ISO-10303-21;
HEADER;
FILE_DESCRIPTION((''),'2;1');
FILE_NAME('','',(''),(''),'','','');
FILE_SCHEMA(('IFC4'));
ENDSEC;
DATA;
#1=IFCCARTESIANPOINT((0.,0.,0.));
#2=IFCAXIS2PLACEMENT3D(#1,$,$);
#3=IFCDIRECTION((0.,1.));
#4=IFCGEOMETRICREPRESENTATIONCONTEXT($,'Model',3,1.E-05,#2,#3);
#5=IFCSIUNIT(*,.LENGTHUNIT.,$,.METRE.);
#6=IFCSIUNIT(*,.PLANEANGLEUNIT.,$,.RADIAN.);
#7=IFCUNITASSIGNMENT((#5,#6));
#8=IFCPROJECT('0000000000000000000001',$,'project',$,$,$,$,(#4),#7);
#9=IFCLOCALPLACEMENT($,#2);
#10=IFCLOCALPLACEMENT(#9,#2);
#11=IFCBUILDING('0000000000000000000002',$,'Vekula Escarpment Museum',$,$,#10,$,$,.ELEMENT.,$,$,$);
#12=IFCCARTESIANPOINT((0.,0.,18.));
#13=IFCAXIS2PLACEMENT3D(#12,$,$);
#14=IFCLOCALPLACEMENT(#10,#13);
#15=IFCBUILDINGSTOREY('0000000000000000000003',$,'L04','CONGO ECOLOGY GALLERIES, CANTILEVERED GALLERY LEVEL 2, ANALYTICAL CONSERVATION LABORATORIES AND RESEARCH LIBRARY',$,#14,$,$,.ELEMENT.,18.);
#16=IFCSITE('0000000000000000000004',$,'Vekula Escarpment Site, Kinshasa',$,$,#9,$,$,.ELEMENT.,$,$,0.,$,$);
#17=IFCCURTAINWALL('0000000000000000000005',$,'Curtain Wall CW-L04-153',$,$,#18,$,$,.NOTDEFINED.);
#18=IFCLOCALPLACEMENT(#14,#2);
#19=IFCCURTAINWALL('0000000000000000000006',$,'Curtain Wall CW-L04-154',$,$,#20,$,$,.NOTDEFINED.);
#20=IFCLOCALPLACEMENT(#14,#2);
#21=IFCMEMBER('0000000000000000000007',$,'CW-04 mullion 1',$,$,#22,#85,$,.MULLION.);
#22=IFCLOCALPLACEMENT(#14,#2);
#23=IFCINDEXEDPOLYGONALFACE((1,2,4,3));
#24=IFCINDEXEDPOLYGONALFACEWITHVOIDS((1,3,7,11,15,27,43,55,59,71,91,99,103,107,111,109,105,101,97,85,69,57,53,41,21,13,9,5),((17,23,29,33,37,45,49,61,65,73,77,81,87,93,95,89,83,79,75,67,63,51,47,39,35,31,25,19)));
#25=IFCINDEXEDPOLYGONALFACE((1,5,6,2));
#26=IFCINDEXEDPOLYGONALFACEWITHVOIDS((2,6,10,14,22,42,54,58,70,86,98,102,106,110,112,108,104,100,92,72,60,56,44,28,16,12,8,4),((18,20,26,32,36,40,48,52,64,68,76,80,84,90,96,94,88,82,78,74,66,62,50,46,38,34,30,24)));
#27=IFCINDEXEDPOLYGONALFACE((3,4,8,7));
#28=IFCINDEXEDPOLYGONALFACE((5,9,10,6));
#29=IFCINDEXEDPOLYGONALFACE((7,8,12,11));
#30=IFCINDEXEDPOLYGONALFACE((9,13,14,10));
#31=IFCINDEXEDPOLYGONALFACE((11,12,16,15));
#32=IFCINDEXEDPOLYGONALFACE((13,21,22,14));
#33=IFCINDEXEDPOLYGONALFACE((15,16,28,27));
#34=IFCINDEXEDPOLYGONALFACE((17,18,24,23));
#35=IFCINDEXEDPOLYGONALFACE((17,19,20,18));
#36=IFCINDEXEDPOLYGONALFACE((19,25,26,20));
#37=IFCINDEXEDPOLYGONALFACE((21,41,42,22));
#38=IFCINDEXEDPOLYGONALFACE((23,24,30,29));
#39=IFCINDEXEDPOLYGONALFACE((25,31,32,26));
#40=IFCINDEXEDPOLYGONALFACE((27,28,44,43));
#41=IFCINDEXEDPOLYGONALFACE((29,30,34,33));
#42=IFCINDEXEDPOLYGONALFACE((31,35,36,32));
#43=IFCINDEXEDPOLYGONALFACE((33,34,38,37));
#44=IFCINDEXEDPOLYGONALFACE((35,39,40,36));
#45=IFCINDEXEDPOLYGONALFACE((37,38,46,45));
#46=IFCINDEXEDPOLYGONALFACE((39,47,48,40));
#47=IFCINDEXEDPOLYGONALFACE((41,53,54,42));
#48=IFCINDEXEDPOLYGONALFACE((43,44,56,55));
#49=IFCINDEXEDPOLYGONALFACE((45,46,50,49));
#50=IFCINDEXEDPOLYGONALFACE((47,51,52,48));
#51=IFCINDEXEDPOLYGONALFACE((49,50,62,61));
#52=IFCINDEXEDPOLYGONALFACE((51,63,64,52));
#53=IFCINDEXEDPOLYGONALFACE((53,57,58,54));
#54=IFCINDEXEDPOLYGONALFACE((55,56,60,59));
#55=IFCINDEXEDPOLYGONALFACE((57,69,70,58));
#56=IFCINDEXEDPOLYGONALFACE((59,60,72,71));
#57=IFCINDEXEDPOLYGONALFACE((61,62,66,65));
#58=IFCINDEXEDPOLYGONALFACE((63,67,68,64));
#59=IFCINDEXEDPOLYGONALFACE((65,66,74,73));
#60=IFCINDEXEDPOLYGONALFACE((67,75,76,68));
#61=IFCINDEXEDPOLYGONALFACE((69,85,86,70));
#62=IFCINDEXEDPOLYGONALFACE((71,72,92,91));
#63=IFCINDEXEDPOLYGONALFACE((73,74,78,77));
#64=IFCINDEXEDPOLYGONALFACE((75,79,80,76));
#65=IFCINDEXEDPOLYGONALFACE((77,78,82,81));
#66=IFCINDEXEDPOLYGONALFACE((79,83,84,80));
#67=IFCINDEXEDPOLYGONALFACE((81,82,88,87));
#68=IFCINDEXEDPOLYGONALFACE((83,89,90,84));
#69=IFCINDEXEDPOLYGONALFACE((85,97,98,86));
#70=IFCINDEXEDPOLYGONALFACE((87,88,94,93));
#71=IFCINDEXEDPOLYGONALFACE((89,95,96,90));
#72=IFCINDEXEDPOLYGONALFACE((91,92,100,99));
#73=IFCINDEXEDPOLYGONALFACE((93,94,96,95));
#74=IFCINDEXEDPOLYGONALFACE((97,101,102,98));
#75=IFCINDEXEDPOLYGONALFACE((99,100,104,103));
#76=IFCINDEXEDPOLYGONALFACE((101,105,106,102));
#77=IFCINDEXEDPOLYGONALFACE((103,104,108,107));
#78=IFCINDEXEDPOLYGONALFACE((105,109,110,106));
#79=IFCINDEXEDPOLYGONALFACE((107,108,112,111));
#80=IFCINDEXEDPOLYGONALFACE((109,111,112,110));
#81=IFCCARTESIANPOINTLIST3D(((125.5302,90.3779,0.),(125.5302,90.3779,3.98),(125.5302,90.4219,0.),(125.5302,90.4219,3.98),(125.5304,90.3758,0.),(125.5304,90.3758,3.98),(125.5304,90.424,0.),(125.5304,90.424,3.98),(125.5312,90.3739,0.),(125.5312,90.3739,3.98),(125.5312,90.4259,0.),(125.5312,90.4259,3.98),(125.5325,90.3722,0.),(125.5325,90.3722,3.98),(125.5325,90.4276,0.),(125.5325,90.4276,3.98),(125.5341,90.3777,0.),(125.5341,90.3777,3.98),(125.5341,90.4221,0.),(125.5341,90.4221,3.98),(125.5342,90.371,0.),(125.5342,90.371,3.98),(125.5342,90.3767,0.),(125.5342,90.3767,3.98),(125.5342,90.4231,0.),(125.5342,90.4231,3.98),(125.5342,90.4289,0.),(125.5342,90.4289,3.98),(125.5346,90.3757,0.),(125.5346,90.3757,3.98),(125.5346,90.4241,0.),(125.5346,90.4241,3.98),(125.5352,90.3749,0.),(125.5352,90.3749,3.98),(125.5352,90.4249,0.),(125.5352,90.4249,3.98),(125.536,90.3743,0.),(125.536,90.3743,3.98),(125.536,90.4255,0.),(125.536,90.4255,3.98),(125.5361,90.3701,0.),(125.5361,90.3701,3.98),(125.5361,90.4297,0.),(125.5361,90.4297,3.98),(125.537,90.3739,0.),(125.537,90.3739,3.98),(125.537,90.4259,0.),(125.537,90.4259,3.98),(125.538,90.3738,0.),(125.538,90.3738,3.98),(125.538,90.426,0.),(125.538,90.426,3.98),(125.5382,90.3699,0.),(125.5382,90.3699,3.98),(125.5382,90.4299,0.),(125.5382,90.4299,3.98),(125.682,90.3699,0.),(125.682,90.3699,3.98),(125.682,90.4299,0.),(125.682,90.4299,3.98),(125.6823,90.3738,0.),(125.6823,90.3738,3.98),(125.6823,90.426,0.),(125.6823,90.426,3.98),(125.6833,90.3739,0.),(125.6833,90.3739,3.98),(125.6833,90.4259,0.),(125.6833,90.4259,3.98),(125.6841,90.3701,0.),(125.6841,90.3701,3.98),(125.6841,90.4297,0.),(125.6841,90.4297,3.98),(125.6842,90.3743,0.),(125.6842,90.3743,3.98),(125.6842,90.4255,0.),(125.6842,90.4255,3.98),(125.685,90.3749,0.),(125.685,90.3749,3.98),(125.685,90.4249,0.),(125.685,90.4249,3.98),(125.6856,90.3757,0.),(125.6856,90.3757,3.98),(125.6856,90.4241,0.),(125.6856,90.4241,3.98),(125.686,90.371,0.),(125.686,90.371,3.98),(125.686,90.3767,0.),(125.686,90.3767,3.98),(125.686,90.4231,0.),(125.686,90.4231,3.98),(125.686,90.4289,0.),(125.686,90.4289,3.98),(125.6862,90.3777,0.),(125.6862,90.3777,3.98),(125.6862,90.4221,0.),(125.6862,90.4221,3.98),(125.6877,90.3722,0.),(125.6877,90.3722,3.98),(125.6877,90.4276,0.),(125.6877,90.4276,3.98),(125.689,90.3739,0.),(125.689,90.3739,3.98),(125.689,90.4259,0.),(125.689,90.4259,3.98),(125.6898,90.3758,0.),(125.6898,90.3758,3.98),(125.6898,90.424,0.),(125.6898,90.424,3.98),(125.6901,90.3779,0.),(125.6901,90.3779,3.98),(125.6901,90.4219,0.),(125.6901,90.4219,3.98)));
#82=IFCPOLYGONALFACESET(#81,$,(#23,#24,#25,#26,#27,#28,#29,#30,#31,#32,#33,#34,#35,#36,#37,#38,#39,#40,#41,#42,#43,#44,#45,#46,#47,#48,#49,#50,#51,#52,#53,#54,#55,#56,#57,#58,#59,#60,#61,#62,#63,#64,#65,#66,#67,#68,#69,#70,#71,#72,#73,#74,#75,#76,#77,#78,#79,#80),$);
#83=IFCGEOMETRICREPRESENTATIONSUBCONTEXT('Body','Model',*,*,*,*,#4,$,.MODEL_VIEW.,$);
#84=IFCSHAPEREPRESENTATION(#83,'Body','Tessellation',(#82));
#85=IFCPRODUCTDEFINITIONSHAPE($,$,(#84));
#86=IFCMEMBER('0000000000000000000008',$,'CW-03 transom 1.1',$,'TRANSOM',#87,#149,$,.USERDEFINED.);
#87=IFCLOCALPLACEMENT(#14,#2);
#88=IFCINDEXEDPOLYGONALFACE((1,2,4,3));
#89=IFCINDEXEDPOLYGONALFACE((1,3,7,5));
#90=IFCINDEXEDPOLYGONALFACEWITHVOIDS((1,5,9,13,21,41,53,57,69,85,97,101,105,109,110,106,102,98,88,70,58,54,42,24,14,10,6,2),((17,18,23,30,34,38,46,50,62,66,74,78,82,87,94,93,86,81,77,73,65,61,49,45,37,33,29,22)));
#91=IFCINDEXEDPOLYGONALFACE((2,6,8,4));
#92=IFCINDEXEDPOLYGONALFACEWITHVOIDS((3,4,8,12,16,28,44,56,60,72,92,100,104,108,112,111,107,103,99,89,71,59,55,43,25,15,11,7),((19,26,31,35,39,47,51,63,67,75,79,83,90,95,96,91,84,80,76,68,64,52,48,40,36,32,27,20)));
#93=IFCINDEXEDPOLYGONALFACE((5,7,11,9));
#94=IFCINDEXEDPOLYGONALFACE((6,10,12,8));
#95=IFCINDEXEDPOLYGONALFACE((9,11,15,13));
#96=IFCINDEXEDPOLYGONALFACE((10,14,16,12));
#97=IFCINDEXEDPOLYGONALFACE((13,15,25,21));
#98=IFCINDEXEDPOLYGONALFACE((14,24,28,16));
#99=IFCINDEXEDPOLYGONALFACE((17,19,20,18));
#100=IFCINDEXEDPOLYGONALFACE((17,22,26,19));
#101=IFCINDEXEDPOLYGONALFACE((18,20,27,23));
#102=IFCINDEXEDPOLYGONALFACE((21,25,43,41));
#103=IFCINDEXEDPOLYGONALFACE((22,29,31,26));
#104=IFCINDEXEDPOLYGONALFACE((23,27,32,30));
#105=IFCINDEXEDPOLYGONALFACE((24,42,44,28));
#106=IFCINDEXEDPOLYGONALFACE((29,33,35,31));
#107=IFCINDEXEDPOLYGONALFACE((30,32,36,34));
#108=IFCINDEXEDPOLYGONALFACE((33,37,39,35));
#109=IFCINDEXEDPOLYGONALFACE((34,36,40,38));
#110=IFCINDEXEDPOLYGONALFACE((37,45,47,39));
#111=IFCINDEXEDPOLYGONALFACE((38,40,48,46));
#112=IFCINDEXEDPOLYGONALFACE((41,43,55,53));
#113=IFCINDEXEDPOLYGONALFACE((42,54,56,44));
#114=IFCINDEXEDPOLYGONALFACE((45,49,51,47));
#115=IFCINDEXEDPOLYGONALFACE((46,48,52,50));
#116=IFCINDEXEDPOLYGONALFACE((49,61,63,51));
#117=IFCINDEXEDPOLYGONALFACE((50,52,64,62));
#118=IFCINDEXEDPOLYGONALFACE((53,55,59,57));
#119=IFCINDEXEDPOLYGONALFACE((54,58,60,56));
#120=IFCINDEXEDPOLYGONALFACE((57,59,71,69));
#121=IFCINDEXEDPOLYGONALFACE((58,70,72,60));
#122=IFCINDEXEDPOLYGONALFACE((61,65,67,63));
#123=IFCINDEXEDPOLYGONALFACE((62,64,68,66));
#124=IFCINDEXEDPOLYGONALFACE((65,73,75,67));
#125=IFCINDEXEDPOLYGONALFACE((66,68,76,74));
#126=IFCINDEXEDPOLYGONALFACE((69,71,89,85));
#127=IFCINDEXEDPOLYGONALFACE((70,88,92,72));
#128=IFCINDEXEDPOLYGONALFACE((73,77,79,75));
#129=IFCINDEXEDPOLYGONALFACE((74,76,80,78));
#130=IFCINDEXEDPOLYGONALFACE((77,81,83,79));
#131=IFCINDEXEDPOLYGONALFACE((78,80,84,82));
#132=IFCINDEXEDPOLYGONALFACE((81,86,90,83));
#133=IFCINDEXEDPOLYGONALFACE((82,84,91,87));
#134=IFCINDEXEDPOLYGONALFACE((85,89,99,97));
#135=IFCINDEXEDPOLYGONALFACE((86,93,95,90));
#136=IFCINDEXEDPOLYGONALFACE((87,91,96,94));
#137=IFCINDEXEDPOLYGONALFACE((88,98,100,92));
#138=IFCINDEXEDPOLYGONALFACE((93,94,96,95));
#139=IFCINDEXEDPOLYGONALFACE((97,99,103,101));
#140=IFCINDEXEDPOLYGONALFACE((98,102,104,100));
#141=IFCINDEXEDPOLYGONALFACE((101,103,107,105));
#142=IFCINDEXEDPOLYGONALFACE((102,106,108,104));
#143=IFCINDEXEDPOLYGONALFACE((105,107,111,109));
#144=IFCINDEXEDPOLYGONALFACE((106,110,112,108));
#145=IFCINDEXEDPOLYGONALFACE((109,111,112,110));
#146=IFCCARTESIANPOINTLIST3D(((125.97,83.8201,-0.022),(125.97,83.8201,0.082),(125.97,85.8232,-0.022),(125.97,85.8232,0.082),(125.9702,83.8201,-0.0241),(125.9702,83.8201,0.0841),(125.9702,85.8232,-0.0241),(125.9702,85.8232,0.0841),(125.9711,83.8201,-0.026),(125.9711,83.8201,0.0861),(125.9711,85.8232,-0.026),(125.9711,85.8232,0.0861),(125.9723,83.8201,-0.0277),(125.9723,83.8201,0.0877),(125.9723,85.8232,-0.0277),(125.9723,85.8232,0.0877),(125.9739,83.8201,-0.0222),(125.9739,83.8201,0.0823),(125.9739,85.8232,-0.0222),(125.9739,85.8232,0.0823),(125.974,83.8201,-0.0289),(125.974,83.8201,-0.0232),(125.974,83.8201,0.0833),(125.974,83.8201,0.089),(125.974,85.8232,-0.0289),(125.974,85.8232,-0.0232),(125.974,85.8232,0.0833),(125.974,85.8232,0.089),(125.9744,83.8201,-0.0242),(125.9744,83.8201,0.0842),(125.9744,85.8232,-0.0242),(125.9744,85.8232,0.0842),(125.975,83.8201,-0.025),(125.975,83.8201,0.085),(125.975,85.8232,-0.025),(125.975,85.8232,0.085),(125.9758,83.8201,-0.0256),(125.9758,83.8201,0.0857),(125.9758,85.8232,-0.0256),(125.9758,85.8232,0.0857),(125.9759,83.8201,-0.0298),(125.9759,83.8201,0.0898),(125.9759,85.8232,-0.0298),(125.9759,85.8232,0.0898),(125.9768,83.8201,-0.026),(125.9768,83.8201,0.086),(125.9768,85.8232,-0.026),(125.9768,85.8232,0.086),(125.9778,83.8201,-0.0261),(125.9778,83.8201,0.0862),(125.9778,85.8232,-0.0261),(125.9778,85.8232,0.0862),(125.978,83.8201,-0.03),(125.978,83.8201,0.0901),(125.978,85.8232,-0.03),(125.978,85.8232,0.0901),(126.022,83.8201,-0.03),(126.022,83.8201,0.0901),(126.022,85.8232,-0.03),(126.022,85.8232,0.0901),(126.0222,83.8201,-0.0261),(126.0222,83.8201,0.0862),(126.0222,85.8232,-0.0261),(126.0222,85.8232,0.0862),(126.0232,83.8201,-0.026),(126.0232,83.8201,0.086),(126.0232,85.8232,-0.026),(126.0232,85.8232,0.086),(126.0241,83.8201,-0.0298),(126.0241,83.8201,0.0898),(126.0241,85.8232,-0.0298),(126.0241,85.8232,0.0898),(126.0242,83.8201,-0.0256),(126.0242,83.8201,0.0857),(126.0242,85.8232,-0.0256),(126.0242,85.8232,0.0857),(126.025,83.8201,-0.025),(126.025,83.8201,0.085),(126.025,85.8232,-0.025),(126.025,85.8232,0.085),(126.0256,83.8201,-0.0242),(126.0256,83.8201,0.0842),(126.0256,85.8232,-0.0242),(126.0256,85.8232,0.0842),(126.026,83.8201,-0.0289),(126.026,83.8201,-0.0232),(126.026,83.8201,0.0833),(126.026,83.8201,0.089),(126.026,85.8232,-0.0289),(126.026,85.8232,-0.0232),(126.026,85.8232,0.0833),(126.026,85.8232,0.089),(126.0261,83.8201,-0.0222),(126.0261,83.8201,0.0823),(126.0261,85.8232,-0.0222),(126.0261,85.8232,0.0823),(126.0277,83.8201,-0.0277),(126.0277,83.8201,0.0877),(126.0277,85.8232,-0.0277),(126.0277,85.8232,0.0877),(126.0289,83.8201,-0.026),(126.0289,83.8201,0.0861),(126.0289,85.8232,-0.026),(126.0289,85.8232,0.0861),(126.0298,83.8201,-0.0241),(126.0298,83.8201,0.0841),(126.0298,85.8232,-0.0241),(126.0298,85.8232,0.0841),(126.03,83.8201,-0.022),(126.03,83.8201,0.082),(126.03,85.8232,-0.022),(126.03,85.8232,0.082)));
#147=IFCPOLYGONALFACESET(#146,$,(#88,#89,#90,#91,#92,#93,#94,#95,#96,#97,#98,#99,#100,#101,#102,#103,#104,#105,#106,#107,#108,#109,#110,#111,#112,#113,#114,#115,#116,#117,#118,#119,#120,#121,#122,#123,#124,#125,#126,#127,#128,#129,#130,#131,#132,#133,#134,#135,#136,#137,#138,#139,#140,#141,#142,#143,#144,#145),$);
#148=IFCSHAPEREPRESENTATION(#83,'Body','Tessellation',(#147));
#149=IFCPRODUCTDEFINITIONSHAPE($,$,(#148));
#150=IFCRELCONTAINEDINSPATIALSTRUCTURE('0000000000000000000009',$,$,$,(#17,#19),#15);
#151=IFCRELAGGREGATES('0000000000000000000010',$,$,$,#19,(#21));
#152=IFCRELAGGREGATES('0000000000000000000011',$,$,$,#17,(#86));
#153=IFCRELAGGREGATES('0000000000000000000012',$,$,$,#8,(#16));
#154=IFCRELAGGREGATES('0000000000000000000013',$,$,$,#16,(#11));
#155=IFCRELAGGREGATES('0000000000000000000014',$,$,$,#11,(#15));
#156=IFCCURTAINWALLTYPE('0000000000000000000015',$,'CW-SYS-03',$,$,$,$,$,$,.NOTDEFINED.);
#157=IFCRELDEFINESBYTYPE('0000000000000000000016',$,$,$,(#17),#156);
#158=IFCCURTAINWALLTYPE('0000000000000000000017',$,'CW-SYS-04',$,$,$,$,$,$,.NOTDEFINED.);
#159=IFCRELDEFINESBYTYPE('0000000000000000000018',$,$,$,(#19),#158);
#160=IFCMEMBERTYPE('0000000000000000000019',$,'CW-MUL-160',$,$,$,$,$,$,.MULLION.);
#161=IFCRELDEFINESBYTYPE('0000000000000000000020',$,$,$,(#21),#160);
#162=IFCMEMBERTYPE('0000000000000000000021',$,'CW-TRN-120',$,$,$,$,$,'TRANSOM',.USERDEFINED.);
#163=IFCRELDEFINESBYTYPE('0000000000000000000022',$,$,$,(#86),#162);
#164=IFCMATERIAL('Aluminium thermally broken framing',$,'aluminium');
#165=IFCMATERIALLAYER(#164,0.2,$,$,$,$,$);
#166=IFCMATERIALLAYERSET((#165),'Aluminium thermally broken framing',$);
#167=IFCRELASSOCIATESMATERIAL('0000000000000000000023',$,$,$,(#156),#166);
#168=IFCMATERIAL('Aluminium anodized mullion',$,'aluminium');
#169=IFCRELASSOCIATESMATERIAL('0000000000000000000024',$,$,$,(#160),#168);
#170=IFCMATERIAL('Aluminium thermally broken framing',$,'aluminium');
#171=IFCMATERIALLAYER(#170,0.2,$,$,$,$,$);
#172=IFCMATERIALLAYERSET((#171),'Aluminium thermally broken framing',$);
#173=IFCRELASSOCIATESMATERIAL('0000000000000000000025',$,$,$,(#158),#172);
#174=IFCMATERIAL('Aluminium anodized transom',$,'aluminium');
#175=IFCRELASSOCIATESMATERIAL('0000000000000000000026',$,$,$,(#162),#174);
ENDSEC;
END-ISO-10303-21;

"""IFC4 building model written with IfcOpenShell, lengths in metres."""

from ifc_helpers import new_model, si_unit, direction, frame, origin, origin_2d, place, context, subcontext, project, spatial, hollow_rectangle, extrude, material, layer, layer_set, material_profile, profile_set, type_object, element, aggregate, save


model = new_model("IFC4")

# Units and contexts
model_context = context("Model", 3, precision=1e-05, world=origin(), true_north=direction((0.0, 1.0)))
body_context = subcontext(model_context, "Body", "Model", "MODEL_VIEW")
ifc_project = project(units=[si_unit("LENGTHUNIT", "METRE"), si_unit("PLANEANGLEUNIT", "RADIAN")], contexts=[model_context])

# Site, building, storey
site_placement = place(None, origin())
site = spatial("IfcSite", under=ifc_project, at=site_placement, Name="Vekula Escarpment Site, Kinshasa", CompositionType="ELEMENT", RefElevation=0.0)
building_placement = place(site_placement, origin())
building = spatial("IfcBuilding", under=site, at=building_placement, Name="Vekula Escarpment Museum", CompositionType="ELEMENT")
storey_placement = place(building_placement, frame((0.0, 0.0, 18.0)))
storey = spatial("IfcBuildingStorey", under=building, at=storey_placement, Name="L04", Description="CONGO ECOLOGY GALLERIES, CANTILEVERED GALLERY LEVEL 2, ANALYTICAL CONSERVATION LABORATORIES AND RESEARCH LIBRARY", CompositionType="ELEMENT", Elevation=18.0)

# Curtain wall
ifc_material_1 = material(Name="Aluminium thermally broken framing", Category="aluminium")
ifc_layer_1 = layer(ifc_material_1, 0.2)
ifc_layer_set_1 = layer_set([ifc_layer_1], Name="Aluminium thermally broken framing")
curtain_wall_type_1 = type_object("IfcCurtainWallType", Name="CW-SYS-03", PredefinedType="NOTDEFINED", material=ifc_layer_set_1)
curtain_wall_1_placement = place(storey_placement, origin())
curtain_wall_1 = element("IfcCurtainWall", 1, at=curtain_wall_1_placement, inside=storey, type_object=curtain_wall_type_1, Name="Curtain Wall CW-L04-153", PredefinedType="NOTDEFINED")
ifc_material_2 = material(Name="Aluminium anodized mullion", Category="aluminium")
ifc_material_profile_1 = material_profile(ifc_material_2, hollow_rectangle(XDim=0.0601, YDim=0.1599, WallThickness=0.0039, InnerFilletRadius=0.0039, OuterFilletRadius=0.0081, at=origin_2d()), Name="ALU 160x60x4")
ifc_profile_set_1 = profile_set([ifc_material_profile_1], Name="Aluminium anodized mullion")
member_type_1 = type_object("IfcMemberType", Name="CW-MUL-160", PredefinedType="MULLION", material=ifc_profile_set_1)

# Curtain wall, member
ifc_material_3 = material(Name="Aluminium thermally broken framing", Category="aluminium")
ifc_layer_2 = layer(ifc_material_3, 0.2)
ifc_layer_set_2 = layer_set([ifc_layer_2], Name="Aluminium thermally broken framing")
curtain_wall_type_2 = type_object("IfcCurtainWallType", Name="CW-SYS-04", PredefinedType="NOTDEFINED", material=ifc_layer_set_2)
curtain_wall_2_placement = place(storey_placement, origin())
curtain_wall_2 = element("IfcCurtainWall", 2, at=curtain_wall_2_placement, inside=storey, type_object=curtain_wall_type_2, Name="Curtain Wall CW-L04-154", PredefinedType="NOTDEFINED")
member_1_placement = place(storey_placement, frame((125.6101, 90.3999, 0.0), z_axis=(0.0, 0.0, 1.0), x_axis=(0.0, -1.0, 0.0)))
member_1 = element("IfcMember", 3, at=member_1_placement, type_object=member_type_1, Name="CW-04 mullion 1", PredefinedType="MULLION", context=body_context, shape_type="SweptSolid", body=[
    extrude(hollow_rectangle(XDim=0.0601, YDim=0.1599, WallThickness=0.0039, InnerFilletRadius=0.0039, OuterFilletRadius=0.0081, at=origin_2d()), origin(), (0.0, 0.0, 1.0), 3.98),
])

# Member
ifc_material_4 = material(Name="Aluminium anodized transom", Category="aluminium")
ifc_material_profile_2 = material_profile(ifc_material_4, hollow_rectangle(XDim=0.0601, YDim=0.1201, WallThickness=0.0039, InnerFilletRadius=0.0039, OuterFilletRadius=0.0081, at=origin_2d()), Name="ALU 120x60x4")
ifc_profile_set_2 = profile_set([ifc_material_profile_2], Name="Aluminium anodized transom")
member_type_2 = type_object("IfcMemberType", Name="CW-TRN-120", ElementType="TRANSOM", PredefinedType="USERDEFINED", material=ifc_profile_set_2)
member_2_placement = place(storey_placement, frame((126.0, 83.8201, 0.03), z_axis=(0.0, 1.0, 0.0), x_axis=(-1.0, 0.0, 0.0)))
member_2 = element("IfcMember", 4, at=member_2_placement, type_object=member_type_2, Name="CW-03 transom 1.1", ObjectType="TRANSOM", PredefinedType="USERDEFINED", context=body_context, shape_type="SweptSolid", body=[
    extrude(hollow_rectangle(XDim=0.0601, YDim=0.1201, WallThickness=0.0039, InnerFilletRadius=0.0039, OuterFilletRadius=0.0081, at=origin_2d()), origin(), (0.0, 0.0, 1.0), 2.0032),
])
aggregate(curtain_wall_2, [member_1])

aggregate(curtain_wall_1, [member_2])

save(model, "model.ifc")
